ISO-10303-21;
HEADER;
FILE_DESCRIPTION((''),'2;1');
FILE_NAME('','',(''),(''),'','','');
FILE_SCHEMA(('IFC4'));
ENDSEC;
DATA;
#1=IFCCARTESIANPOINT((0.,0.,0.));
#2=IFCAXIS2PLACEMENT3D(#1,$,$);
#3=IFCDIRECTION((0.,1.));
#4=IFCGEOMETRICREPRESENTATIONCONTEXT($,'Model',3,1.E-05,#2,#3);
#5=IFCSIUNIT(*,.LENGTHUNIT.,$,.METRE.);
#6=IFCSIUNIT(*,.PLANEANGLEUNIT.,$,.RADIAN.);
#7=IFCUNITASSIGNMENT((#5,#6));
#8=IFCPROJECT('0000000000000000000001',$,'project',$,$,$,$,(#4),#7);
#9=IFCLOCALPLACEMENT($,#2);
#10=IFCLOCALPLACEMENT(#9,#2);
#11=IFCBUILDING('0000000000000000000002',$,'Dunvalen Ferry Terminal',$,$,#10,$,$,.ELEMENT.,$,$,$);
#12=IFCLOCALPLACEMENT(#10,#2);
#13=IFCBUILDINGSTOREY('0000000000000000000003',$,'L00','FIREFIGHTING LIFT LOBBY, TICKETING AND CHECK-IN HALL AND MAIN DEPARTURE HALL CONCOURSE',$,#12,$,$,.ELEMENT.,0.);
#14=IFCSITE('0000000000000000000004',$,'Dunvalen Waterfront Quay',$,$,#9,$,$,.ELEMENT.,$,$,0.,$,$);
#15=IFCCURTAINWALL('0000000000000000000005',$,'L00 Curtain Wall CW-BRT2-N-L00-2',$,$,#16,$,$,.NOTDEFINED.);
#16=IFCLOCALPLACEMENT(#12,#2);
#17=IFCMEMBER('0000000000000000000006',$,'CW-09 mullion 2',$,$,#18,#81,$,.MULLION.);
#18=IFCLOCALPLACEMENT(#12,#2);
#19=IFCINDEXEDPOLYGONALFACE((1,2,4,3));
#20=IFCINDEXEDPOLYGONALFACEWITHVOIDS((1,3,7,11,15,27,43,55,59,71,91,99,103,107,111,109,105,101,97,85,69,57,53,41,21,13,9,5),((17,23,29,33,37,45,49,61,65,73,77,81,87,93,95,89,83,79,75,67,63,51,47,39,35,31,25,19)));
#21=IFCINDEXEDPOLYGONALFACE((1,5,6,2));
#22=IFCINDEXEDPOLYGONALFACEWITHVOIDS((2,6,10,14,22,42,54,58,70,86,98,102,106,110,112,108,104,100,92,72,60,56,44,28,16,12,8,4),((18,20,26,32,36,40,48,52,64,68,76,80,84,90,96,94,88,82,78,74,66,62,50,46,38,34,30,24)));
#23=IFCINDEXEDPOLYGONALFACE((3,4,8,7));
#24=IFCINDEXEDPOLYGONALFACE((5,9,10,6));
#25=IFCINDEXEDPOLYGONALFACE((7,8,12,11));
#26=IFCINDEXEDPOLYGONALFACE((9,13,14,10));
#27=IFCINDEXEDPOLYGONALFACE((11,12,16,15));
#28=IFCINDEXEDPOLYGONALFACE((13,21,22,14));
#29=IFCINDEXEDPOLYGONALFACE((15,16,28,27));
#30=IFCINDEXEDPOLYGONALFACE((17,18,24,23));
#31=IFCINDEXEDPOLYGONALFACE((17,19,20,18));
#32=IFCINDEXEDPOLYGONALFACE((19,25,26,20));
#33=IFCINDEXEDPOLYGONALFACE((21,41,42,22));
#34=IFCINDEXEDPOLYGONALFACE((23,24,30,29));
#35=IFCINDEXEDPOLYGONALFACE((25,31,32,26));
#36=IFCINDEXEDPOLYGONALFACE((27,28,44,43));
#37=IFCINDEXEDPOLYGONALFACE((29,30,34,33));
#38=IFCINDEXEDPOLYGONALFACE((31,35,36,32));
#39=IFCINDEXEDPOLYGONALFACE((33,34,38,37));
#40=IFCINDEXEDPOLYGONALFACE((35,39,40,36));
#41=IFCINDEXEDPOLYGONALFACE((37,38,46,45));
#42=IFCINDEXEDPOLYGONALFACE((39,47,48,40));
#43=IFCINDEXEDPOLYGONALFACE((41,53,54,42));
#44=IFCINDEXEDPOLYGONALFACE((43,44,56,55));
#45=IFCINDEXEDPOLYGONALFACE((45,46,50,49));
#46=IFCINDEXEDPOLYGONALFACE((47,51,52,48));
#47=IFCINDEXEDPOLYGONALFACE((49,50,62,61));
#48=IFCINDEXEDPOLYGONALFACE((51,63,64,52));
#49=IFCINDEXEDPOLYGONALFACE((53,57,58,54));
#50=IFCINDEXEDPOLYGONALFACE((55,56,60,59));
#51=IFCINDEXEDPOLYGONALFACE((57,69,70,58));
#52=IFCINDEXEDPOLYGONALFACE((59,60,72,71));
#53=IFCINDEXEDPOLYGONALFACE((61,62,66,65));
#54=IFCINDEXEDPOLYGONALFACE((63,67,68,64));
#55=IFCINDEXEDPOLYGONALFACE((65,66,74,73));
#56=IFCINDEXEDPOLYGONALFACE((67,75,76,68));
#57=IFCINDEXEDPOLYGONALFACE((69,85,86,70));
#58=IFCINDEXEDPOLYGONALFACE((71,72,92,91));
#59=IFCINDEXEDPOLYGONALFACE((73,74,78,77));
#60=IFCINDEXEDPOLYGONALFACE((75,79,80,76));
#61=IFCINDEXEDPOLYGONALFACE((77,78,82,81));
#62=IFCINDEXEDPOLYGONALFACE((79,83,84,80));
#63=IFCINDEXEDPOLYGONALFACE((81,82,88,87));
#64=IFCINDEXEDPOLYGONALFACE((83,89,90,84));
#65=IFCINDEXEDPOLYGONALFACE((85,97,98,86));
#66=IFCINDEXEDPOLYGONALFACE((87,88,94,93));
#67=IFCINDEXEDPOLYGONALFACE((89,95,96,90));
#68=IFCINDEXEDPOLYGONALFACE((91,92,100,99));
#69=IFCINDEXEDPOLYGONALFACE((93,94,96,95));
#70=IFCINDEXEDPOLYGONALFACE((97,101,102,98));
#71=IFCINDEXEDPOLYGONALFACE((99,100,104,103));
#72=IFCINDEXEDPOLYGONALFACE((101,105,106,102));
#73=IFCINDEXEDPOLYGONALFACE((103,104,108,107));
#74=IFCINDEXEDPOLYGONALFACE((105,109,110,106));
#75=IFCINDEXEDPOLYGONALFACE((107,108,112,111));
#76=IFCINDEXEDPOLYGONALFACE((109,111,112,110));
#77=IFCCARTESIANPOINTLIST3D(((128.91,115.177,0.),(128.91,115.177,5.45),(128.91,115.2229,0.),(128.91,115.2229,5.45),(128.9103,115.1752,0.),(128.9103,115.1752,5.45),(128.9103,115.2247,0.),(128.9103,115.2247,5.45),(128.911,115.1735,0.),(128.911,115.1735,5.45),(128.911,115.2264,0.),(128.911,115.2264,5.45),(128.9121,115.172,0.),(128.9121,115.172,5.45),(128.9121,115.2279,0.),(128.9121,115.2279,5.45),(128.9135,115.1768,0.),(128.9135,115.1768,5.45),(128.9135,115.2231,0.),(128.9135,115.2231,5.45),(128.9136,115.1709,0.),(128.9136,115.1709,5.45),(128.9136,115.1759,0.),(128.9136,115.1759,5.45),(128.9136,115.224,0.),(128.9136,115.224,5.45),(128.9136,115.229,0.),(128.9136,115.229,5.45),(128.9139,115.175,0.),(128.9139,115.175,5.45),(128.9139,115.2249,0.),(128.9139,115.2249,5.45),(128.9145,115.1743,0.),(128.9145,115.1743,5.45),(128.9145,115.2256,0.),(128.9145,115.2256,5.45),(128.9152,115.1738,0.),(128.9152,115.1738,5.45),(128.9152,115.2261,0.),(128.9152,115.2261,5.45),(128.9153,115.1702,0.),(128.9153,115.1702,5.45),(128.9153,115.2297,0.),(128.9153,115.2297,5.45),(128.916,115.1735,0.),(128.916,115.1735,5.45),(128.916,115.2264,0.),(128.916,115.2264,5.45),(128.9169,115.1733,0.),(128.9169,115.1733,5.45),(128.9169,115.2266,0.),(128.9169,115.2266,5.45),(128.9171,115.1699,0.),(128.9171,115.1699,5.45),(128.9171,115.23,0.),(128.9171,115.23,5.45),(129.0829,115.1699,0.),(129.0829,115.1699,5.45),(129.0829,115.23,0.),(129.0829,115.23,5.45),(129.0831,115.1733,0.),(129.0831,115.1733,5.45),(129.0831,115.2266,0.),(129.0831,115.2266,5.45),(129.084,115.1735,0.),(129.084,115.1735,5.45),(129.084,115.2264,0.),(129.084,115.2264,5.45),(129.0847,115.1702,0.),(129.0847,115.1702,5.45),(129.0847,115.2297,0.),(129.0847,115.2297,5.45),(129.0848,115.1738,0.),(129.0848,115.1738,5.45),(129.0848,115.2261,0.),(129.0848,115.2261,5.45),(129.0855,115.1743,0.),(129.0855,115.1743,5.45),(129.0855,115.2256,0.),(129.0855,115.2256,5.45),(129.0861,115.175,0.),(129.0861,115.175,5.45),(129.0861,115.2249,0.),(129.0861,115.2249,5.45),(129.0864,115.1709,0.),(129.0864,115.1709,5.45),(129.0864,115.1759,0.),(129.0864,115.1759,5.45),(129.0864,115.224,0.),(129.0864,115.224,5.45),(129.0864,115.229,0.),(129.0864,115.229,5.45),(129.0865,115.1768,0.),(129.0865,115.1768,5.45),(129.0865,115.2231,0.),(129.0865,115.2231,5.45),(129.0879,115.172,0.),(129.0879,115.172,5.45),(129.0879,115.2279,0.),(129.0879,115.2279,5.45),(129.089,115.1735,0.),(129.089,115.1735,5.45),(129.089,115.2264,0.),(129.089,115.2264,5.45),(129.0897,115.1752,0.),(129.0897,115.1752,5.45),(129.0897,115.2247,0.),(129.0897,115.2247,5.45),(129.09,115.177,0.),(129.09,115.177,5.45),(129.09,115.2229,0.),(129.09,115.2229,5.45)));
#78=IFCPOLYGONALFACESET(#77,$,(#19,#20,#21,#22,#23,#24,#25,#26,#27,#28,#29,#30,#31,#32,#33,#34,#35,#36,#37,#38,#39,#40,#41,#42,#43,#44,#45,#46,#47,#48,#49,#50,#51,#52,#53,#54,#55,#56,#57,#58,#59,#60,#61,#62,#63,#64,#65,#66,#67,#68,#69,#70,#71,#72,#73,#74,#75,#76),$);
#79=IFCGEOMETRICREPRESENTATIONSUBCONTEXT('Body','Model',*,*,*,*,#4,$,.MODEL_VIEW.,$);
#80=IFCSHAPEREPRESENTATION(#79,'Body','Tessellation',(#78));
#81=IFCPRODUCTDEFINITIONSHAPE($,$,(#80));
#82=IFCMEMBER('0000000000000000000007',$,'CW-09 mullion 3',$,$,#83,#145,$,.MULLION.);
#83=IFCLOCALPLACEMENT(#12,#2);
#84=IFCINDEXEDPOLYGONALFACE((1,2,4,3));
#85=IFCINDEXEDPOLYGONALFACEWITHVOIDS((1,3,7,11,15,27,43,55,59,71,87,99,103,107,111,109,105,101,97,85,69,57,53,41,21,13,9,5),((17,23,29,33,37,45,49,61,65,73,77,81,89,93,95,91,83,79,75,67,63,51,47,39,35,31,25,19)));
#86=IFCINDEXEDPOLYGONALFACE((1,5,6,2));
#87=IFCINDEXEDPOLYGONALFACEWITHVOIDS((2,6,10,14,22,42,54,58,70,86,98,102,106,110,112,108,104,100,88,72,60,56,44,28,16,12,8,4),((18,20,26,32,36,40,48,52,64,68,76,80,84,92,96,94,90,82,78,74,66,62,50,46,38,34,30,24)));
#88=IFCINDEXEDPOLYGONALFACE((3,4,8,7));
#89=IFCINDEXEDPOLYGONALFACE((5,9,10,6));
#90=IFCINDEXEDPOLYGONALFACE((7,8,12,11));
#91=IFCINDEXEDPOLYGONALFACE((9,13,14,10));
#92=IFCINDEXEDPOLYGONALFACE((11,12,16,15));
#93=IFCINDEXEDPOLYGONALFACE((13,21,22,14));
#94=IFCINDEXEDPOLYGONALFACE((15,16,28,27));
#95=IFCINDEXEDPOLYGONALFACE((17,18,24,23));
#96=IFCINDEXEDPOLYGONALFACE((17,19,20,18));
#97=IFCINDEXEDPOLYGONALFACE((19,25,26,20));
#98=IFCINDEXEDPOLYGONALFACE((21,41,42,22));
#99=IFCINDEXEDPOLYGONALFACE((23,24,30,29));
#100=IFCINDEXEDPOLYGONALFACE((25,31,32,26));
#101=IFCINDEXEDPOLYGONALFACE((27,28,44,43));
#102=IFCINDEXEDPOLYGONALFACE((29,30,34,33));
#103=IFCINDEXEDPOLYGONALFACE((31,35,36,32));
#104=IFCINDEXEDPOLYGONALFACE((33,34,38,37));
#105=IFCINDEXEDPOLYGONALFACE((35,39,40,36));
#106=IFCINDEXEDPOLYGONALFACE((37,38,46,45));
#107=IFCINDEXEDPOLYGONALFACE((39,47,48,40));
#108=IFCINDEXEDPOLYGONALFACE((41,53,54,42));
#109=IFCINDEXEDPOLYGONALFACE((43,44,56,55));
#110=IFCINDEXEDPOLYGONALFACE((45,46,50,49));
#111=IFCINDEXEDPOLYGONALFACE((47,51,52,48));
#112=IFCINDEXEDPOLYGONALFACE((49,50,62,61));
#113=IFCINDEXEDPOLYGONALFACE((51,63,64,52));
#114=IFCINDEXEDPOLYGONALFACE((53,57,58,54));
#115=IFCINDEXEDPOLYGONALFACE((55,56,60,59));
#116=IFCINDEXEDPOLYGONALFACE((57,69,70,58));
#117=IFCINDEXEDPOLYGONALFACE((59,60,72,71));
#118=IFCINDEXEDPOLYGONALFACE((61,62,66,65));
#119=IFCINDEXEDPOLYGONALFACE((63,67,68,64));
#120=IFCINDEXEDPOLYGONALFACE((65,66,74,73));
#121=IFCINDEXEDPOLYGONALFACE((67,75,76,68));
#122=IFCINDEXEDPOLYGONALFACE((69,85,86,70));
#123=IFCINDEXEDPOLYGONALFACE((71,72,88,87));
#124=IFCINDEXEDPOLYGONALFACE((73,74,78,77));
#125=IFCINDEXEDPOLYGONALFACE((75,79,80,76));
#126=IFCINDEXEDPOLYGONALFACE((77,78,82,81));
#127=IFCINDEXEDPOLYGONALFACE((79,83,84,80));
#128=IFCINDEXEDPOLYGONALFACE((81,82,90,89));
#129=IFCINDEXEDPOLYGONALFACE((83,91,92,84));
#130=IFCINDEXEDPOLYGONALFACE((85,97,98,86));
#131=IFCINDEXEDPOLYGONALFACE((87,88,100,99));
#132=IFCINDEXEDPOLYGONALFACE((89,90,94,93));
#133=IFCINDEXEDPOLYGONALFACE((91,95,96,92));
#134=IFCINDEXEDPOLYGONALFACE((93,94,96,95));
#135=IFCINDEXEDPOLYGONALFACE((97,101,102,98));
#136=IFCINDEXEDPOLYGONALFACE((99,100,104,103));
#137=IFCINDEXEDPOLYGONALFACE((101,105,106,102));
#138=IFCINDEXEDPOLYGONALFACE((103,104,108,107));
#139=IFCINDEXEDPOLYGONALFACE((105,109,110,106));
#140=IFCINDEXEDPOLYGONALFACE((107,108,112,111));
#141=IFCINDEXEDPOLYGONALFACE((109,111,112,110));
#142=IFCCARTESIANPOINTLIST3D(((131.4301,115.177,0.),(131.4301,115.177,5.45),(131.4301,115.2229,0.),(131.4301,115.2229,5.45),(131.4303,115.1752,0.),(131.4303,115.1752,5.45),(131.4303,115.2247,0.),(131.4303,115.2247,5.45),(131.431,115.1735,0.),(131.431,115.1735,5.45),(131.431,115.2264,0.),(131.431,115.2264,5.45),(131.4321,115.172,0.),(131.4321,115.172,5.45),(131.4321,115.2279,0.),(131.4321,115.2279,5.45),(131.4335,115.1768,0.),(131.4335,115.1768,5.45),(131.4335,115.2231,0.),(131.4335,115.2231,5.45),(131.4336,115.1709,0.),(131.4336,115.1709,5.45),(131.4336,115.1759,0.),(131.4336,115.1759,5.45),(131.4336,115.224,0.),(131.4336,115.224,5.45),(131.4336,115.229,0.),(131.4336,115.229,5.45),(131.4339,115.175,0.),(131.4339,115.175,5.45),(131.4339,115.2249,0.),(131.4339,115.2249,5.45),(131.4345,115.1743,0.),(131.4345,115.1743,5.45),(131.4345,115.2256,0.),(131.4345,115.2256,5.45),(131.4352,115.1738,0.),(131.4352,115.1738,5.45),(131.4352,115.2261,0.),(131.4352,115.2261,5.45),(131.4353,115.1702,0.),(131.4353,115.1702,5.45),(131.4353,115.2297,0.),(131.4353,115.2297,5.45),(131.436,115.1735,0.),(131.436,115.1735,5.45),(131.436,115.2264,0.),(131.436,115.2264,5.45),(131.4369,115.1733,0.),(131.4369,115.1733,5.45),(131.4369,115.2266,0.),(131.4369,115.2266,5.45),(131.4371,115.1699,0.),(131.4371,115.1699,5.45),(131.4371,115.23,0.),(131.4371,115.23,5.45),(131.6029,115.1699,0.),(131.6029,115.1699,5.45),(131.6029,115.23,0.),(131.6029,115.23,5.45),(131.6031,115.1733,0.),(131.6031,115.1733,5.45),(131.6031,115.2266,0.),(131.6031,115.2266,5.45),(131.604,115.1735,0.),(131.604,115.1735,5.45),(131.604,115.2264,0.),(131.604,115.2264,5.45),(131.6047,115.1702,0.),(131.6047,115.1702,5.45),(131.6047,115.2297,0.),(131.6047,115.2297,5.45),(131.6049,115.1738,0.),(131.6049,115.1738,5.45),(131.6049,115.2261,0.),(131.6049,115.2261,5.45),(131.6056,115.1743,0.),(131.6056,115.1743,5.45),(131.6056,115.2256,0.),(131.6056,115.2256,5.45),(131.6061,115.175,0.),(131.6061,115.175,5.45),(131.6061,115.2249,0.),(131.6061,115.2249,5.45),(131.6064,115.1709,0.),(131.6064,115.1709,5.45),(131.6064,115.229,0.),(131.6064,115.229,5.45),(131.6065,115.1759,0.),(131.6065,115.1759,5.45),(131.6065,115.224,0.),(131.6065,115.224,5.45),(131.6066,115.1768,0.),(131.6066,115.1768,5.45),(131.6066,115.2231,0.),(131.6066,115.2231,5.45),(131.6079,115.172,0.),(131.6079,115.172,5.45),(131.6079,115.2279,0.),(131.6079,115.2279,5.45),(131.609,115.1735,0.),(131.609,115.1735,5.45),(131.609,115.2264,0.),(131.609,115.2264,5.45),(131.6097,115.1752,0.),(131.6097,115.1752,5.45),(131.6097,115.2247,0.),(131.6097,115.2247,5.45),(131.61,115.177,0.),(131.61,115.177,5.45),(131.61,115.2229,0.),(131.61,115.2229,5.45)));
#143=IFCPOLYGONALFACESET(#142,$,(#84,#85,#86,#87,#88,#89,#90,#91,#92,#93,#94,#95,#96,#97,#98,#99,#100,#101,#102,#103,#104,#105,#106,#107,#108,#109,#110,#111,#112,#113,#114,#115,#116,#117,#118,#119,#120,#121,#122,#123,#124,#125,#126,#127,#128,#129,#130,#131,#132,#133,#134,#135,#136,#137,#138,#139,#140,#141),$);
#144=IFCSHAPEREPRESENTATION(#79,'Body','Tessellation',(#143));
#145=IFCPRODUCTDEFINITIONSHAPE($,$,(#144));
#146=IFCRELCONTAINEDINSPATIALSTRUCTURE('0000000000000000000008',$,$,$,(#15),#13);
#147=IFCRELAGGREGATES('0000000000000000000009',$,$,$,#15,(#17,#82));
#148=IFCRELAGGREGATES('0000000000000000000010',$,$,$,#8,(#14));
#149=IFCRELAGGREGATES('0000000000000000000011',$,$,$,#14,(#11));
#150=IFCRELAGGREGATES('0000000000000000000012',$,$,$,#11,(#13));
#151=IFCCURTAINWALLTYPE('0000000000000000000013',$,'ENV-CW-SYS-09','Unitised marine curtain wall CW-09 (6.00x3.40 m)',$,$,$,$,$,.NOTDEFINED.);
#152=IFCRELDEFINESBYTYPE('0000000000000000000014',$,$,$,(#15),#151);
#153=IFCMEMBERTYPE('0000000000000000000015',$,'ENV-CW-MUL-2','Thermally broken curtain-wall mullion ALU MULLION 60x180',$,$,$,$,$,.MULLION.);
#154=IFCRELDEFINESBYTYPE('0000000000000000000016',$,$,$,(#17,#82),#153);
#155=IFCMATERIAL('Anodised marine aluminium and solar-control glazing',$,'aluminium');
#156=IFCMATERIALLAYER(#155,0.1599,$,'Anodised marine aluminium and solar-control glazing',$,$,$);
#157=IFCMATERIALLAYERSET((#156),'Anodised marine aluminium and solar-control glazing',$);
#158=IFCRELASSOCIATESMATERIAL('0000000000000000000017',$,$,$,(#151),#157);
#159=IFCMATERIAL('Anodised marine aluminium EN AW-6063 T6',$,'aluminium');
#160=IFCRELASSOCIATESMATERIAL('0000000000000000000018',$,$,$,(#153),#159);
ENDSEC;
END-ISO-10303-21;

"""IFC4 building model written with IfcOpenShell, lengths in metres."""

from ifc_helpers import new_model, si_unit, direction, frame, origin, origin_2d, place, context, subcontext, project, spatial, hollow_rectangle, extrude, material, layer, layer_set, material_profile, profile_set, type_object, element, aggregate, save


model = new_model("IFC4")

# Units and contexts
model_context = context("Model", 3, precision=1e-05, world=origin(), true_north=direction((0.0, 1.0)))
body_context = subcontext(model_context, "Body", "Model", "MODEL_VIEW")
ifc_project = project(units=[si_unit("LENGTHUNIT", "METRE"), si_unit("PLANEANGLEUNIT", "RADIAN")], contexts=[model_context])

# Site, building, storey
site_placement = place(None, origin())
site = spatial("IfcSite", under=ifc_project, at=site_placement, Name="Dunvalen Waterfront Quay", CompositionType="ELEMENT", RefElevation=0.0)
building_placement = place(site_placement, origin())
building = spatial("IfcBuilding", under=site, at=building_placement, Name="Dunvalen Ferry Terminal", CompositionType="ELEMENT")
storey_placement = place(building_placement, origin())
storey = spatial("IfcBuildingStorey", under=building, at=storey_placement, Name="L00", Description="FIREFIGHTING LIFT LOBBY, TICKETING AND CHECK-IN HALL AND MAIN DEPARTURE HALL CONCOURSE", CompositionType="ELEMENT", Elevation=0.0)

# Shared definitions
ifc_material_1 = material(Name="Anodised marine aluminium and solar-control glazing", Category="aluminium")
ifc_layer_1 = layer(ifc_material_1, 0.1599, Name="Anodised marine aluminium and solar-control glazing")
ifc_layer_set_1 = layer_set([ifc_layer_1], Name="Anodised marine aluminium and solar-control glazing")
curtain_wall_type = type_object("IfcCurtainWallType", Name="ENV-CW-SYS-09", Description="Unitised marine curtain wall CW-09 (6.00x3.40 m)", PredefinedType="NOTDEFINED", material=ifc_layer_set_1)
ifc_material_2 = material(Name="Anodised marine aluminium EN AW-6063 T6", Category="aluminium")
ifc_material_profile_1 = material_profile(ifc_material_2, hollow_rectangle(XDim=0.0601, YDim=0.1799, WallThickness=0.0034, InnerFilletRadius=0.0034, OuterFilletRadius=0.0071, at=origin_2d()), Name="Anodised marine aluminium EN AW-6063 T6")
ifc_profile_set_1 = profile_set([ifc_material_profile_1], Name="Anodised marine aluminium EN AW-6063 T6")
member_type_1 = type_object("IfcMemberType", Name="ENV-CW-MUL-2", Description="Thermally broken curtain-wall mullion ALU MULLION 60x180", PredefinedType="MULLION", material=ifc_profile_set_1)

# Curtain wall, members
curtain_wall_1_placement = place(storey_placement, origin())
curtain_wall_1 = element("IfcCurtainWall", 1, at=curtain_wall_1_placement, inside=storey, type_object=curtain_wall_type, Name="L00 Curtain Wall CW-BRT2-N-L00-2", PredefinedType="NOTDEFINED")
member_1_placement = place(storey_placement, frame((129.0, 115.2, 0.0), z_axis=(0.0, 0.0, 1.0), x_axis=(0.0, 1.0, 0.0)))
member_1 = element("IfcMember", 2, at=member_1_placement, type_object=member_type_1, Name="CW-09 mullion 2", PredefinedType="MULLION", context=body_context, shape_type="SweptSolid", body=[
    extrude(hollow_rectangle(XDim=0.0601, YDim=0.1799, WallThickness=0.0034, InnerFilletRadius=0.0034, OuterFilletRadius=0.0071, at=origin_2d()), origin(), (0.0, 0.0, 1.0), 5.45),
])
member_2_placement = place(storey_placement, frame((131.52, 115.2, 0.0), z_axis=(0.0, 0.0, 1.0), x_axis=(0.0, 1.0, 0.0)))
member_2 = element("IfcMember", 3, at=member_2_placement, type_object=member_type_1, Name="CW-09 mullion 3", PredefinedType="MULLION", context=body_context, shape_type="SweptSolid", body=[
    extrude(hollow_rectangle(XDim=0.0601, YDim=0.1799, WallThickness=0.0034, InnerFilletRadius=0.0034, OuterFilletRadius=0.0071, at=origin_2d()), origin(), (0.0, 0.0, 1.0), 5.45),
])

aggregate(curtain_wall_1, [member_1, member_2])

save(model, "model.ifc")
